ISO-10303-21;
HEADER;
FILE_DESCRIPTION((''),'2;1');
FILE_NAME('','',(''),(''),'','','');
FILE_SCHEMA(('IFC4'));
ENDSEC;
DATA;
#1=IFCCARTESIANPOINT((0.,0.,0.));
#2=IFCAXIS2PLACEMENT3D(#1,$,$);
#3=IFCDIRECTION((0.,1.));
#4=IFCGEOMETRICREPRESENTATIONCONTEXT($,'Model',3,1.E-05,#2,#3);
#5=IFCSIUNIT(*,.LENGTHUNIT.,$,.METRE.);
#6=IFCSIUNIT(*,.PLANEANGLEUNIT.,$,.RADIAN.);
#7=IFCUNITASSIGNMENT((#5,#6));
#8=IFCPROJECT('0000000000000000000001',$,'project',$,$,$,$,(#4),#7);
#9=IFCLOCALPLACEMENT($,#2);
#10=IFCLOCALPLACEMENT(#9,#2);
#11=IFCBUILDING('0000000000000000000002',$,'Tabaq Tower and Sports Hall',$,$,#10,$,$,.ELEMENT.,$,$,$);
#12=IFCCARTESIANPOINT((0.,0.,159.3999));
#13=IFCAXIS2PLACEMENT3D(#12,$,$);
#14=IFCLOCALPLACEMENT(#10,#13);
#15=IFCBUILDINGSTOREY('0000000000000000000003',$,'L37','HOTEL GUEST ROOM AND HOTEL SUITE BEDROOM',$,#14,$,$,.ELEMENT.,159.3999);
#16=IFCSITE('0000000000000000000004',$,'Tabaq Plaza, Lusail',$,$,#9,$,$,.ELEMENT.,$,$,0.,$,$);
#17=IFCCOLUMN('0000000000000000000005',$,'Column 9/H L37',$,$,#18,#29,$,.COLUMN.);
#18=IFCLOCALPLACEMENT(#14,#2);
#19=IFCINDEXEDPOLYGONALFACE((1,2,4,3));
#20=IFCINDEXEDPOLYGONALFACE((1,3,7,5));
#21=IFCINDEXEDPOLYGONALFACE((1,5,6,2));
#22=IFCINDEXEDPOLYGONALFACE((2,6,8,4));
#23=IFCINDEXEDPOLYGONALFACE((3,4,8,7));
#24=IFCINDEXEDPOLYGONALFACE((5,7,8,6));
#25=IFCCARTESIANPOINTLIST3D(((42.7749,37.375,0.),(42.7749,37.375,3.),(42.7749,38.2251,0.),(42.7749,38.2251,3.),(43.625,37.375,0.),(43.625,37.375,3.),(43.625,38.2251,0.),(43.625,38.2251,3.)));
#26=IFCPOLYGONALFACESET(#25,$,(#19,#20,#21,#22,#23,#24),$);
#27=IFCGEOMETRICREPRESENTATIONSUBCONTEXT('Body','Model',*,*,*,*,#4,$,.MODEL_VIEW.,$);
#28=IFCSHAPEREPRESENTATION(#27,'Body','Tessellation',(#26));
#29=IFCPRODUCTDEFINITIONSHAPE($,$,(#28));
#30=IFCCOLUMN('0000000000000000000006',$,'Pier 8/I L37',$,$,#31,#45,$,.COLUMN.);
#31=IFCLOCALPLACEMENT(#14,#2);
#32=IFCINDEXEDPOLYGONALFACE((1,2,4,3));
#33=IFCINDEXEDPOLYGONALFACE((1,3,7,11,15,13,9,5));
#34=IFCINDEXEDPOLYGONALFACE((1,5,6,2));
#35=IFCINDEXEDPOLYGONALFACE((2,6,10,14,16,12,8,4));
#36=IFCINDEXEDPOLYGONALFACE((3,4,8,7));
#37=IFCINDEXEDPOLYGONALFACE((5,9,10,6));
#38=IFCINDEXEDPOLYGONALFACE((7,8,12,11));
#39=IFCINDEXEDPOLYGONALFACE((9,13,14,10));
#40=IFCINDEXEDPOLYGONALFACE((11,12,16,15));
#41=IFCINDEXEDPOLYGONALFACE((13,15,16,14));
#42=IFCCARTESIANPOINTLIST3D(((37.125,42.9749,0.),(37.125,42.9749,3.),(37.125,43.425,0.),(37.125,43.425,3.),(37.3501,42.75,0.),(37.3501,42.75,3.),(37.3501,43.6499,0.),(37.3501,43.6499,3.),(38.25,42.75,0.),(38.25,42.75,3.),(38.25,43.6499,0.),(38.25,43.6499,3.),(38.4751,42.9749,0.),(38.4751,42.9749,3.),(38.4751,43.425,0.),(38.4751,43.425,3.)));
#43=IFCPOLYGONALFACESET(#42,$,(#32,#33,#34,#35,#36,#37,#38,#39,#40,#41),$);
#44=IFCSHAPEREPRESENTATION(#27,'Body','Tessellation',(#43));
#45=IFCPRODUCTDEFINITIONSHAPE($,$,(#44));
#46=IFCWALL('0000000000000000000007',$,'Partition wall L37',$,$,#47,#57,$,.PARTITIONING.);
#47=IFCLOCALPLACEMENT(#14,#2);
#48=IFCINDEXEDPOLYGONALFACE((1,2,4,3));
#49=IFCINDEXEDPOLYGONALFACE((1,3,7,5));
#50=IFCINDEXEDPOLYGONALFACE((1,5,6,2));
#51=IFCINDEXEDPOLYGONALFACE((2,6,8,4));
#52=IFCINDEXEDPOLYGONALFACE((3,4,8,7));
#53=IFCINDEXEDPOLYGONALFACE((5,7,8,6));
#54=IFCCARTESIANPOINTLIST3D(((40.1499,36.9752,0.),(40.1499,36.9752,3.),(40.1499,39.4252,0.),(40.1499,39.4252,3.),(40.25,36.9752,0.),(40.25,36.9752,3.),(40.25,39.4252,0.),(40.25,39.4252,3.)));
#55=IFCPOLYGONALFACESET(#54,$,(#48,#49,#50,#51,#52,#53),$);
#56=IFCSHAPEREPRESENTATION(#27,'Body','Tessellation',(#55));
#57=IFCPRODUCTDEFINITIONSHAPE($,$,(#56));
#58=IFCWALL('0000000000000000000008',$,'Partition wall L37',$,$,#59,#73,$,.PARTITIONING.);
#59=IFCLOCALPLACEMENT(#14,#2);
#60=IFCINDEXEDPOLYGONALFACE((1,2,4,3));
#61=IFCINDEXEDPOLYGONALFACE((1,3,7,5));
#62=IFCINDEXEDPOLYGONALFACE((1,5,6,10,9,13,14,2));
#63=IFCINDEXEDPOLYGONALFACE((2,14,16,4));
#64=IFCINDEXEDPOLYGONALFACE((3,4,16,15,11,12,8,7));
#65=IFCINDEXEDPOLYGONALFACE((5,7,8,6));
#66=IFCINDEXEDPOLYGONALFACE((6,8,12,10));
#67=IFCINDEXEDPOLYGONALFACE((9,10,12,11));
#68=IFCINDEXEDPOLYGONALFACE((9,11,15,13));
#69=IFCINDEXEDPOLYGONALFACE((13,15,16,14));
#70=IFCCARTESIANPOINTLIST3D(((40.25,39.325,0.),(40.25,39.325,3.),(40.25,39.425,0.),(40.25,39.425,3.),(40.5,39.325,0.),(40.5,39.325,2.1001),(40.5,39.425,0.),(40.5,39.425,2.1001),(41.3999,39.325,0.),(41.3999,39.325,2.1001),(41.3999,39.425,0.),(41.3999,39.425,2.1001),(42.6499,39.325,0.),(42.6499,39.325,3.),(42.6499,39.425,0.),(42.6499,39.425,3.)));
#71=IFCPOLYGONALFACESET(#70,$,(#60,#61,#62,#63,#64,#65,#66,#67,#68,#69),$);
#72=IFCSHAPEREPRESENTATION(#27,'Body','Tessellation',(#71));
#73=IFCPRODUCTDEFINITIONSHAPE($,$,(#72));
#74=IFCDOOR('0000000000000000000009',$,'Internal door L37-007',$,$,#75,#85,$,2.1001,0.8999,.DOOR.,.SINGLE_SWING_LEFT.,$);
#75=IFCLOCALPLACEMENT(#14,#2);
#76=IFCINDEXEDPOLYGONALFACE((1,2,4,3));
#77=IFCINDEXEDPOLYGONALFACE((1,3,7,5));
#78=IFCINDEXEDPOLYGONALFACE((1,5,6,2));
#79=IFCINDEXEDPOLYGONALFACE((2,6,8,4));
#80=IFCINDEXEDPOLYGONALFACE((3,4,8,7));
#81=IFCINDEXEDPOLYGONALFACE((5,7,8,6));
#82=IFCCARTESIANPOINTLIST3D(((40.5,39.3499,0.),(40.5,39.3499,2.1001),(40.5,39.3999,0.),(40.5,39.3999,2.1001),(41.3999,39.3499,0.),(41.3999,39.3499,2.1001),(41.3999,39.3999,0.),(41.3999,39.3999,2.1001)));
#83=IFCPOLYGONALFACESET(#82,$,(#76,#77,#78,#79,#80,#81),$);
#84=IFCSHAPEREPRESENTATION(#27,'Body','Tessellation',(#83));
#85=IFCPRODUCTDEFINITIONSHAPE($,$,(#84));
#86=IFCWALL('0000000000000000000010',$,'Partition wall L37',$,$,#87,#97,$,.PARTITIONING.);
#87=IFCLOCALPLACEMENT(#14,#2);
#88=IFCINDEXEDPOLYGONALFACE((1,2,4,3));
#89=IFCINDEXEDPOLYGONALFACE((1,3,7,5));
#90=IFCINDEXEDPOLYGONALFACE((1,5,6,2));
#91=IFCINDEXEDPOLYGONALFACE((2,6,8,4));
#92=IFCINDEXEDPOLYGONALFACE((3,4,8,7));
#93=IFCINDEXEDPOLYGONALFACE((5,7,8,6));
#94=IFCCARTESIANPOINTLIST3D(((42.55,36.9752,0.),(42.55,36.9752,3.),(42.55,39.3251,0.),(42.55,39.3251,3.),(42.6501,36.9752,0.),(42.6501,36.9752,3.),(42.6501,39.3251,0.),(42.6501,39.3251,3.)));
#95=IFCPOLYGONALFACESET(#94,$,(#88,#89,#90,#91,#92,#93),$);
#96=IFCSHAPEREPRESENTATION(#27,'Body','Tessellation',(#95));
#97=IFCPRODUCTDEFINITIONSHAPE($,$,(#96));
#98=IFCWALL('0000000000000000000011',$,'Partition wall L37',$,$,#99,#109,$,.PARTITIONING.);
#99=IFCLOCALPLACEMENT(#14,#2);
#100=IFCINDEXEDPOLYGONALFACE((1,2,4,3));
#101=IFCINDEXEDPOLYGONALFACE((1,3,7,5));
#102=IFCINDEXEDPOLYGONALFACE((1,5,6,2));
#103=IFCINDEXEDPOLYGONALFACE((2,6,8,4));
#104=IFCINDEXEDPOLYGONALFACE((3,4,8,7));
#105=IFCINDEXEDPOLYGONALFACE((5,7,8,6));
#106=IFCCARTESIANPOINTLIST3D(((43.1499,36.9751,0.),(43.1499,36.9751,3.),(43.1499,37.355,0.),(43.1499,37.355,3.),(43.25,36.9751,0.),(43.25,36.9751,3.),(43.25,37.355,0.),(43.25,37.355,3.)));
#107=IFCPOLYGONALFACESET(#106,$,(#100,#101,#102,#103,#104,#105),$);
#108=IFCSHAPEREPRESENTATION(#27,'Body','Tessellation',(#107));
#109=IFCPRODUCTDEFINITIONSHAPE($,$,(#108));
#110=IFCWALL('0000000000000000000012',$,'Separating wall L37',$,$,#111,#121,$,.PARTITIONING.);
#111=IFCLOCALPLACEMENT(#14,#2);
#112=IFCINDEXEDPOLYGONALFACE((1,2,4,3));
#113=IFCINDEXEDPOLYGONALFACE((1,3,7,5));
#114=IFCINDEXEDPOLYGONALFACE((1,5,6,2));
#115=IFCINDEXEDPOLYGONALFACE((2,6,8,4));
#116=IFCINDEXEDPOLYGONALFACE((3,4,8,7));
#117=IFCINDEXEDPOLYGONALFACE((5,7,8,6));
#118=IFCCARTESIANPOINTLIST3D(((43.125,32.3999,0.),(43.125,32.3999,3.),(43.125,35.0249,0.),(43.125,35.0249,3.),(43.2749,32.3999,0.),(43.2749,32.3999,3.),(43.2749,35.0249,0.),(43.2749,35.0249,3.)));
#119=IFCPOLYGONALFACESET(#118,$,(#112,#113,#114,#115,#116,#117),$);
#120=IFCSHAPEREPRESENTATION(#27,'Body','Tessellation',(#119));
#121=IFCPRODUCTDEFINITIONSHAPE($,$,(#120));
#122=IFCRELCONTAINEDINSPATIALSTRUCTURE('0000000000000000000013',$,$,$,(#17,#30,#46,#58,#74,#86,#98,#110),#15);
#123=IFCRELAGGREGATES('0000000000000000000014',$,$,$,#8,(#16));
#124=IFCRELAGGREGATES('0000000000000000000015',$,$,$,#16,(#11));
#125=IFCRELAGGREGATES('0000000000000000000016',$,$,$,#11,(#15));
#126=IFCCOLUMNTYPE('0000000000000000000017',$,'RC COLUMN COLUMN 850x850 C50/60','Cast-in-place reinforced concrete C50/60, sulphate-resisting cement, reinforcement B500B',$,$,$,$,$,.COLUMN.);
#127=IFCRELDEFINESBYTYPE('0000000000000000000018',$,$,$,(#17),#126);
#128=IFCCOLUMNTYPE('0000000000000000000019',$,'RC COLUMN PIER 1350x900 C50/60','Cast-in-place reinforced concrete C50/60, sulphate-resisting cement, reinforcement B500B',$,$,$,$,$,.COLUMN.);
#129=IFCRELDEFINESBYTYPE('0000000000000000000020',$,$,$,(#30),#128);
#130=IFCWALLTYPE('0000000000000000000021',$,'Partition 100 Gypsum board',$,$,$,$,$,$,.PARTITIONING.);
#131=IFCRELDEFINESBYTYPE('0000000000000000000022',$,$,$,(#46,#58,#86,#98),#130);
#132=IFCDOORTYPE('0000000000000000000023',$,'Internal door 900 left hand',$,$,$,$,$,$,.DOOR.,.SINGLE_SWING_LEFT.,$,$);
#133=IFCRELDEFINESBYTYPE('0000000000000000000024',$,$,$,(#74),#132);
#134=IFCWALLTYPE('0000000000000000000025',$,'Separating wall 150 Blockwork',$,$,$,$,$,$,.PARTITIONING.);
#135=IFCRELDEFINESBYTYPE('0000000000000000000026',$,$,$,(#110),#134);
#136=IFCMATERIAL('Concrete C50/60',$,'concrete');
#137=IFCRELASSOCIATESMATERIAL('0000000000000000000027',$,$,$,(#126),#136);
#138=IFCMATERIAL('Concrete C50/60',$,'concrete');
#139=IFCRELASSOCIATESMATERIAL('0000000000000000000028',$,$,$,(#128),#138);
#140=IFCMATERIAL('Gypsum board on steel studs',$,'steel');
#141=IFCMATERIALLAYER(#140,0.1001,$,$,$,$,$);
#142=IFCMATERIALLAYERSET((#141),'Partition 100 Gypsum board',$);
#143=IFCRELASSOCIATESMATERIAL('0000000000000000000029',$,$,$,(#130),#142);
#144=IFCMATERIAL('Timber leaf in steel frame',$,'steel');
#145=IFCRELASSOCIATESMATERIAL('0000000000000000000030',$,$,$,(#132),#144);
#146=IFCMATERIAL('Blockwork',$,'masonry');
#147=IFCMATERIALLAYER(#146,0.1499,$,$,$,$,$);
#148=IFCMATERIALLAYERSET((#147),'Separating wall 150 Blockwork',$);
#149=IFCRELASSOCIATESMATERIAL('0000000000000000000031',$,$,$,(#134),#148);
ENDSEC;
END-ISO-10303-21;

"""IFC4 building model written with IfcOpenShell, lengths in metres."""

from ifc_helpers import new_model, si_unit, direction, frame, frame_2d, origin, origin_2d, place, context, subcontext, project, spatial, polyline, rectangle, outline, extrude, material, layer, layer_set, material_profile, profile_set, type_object, element, fill, save


model = new_model("IFC4")

# Units and contexts
model_context = context("Model", 3, precision=1e-05, world=origin(), true_north=direction((0.0, 1.0)))
body_context = subcontext(model_context, "Body", "Model", "MODEL_VIEW")
ifc_project = project(units=[si_unit("LENGTHUNIT", "METRE"), si_unit("PLANEANGLEUNIT", "RADIAN")], contexts=[model_context])

# Site, building, storey
site_placement = place(None, origin())
site = spatial("IfcSite", under=ifc_project, at=site_placement, Name="Tabaq Plaza, Lusail", CompositionType="ELEMENT", RefElevation=0.0)
building_placement = place(site_placement, origin())
building = spatial("IfcBuilding", under=site, at=building_placement, Name="Tabaq Tower and Sports Hall", CompositionType="ELEMENT")
storey_placement = place(building_placement, frame((0.0, 0.0, 159.3999)))
storey = spatial("IfcBuildingStorey", under=building, at=storey_placement, Name="L37", Description="HOTEL GUEST ROOM AND HOTEL SUITE BEDROOM", CompositionType="ELEMENT", Elevation=159.3999)

# Columns
ifc_material_1 = material(Name="Concrete C50/60", Category="concrete")
ifc_material_profile_1 = material_profile(ifc_material_1, rectangle(XDim=0.8501, YDim=0.8501, at=origin_2d()), Name="COLUMN 850x850")
ifc_profile_set_1 = profile_set([ifc_material_profile_1], Name="Concrete C50/60")
column_type_1 = type_object("IfcColumnType", Name="RC COLUMN COLUMN 850x850 C50/60", Description="Cast-in-place reinforced concrete C50/60, sulphate-resisting cement, reinforcement B500B", PredefinedType="COLUMN", material=ifc_profile_set_1)
column_1_placement = place(storey_placement, frame((43.2, 37.8, 0.0), z_axis=(0.0, 0.0, 1.0), x_axis=(1.0, 0.0, 0.0)))
element("IfcColumn", 1, at=column_1_placement, inside=storey, type_object=column_type_1, Name="Column 9/H L37", PredefinedType="COLUMN", context=body_context, shape_type="SweptSolid", body=[
    extrude(rectangle(XDim=0.8501, YDim=0.8501, at=origin_2d()), origin(), (0.0, 0.0, 1.0), 3.0),
])
ifc_material_2 = material(Name="Concrete C50/60", Category="concrete")
ifc_material_profile_2 = material_profile(ifc_material_2, outline(polyline([(-0.45, -0.45), (0.45, -0.45), (0.675, -0.2251), (0.675, 0.2251), (0.45, 0.45), (-0.45, 0.45), (-0.675, 0.2251), (-0.675, -0.2251), (-0.45, -0.45)])), Name="PIER 1350x900")
ifc_profile_set_2 = profile_set([ifc_material_profile_2], Name="Concrete C50/60")
column_type_2 = type_object("IfcColumnType", Name="RC COLUMN PIER 1350x900 C50/60", Description="Cast-in-place reinforced concrete C50/60, sulphate-resisting cement, reinforcement B500B", PredefinedType="COLUMN", material=ifc_profile_set_2)
column_2_placement = place(storey_placement, frame((37.8, 43.2, 0.0), z_axis=(0.0, 0.0, 1.0), x_axis=(1.0, 0.0, 0.0)))
element("IfcColumn", 2, at=column_2_placement, inside=storey, type_object=column_type_2, Name="Pier 8/I L37", PredefinedType="COLUMN", context=body_context, shape_type="SweptSolid", body=[
    extrude(outline(polyline([(-0.45, -0.45), (0.45, -0.45), (0.675, -0.2251), (0.675, 0.2251), (0.45, 0.45), (-0.45, 0.45), (-0.675, 0.2251), (-0.675, -0.2251), (-0.45, -0.45)])), origin(), (0.0, 0.0, 1.0), 3.0),
])

# Wall
ifc_material_3 = material(Name="Gypsum board on steel studs", Category="steel")
ifc_layer_1 = layer(ifc_material_3, 0.1001)
ifc_layer_set_1 = layer_set([ifc_layer_1], Name="Partition 100 Gypsum board")
wall_type_1 = type_object("IfcWallType", Name="Partition 100 Gypsum board", PredefinedType="PARTITIONING", material=ifc_layer_set_1)
wall_1_placement = place(storey_placement, frame((40.2, 36.9751, 0.0), z_axis=(0.0, 0.0, 1.0), x_axis=(0.0, 1.0, 0.0)))
element("IfcWall", 3, at=wall_1_placement, inside=storey, type_object=wall_type_1, Name="Partition wall L37", PredefinedType="PARTITIONING", context=body_context, shape_type="SweptSolid", body=[
    extrude(rectangle(XDim=2.45, YDim=0.1001, at=frame_2d((1.2251, 0.0))), origin(), (0.0, 0.0, 1.0), 3.0),
])

# Wall, opening, door
wall_2_placement = place(storey_placement, frame((40.25, 39.375, 0.0), z_axis=(0.0, 0.0, 1.0), x_axis=(1.0, 0.0, 0.0)))
wall_2 = element("IfcWall", 4, at=wall_2_placement, inside=storey, type_object=wall_type_1, Name="Partition wall L37", PredefinedType="PARTITIONING", context=body_context, shape_type="SweptSolid", body=[
    extrude(rectangle(XDim=2.3999, YDim=0.1001, at=frame_2d((1.2, 0.0))), origin(), (0.0, 0.0, 1.0), 3.0),
])
opening_1_placement = place(wall_2_placement, frame((0.25, 0.0, 0.0)))
opening_1 = element("IfcOpeningElement", 5, at=opening_1_placement, cuts=wall_2, PredefinedType="OPENING", context=body_context, shape_type="SweptSolid", body=[
    extrude(rectangle(XDim=0.8999, YDim=2.1001, at=frame_2d((0.45, 1.05))), frame((0.0, 0.05, 0.0), z_axis=(0.0, -1.0, 0.0), x_axis=(1.0, 0.0, 0.0)), (0.0, 0.0, 1.0), 0.1001),
])
ifc_material_4 = material(Name="Timber leaf in steel frame", Category="steel")
door_type = type_object("IfcDoorType", Name="Internal door 900 left hand", OperationType="SINGLE_SWING_LEFT", PredefinedType="DOOR", material=ifc_material_4)
door_placement = place(opening_1_placement, origin())
door = element("IfcDoor", 6, at=door_placement, inside=storey, type_object=door_type, Name="Internal door L37-007", OperationType="SINGLE_SWING_LEFT", OverallHeight=2.1001, OverallWidth=0.8999, PredefinedType="DOOR", context=body_context, shape_type="SweptSolid", body=[
    extrude(rectangle(XDim=0.8999, YDim=2.1001, at=frame_2d((0.45, 1.05))), frame((0.0, 0.0249, 0.0), z_axis=(0.0, -1.0, 0.0), x_axis=(1.0, 0.0, 0.0)), (0.0, 0.0, 1.0), 0.05),
])
fill(opening_1, door)

# Walls
wall_3_placement = place(storey_placement, frame((42.6001, 39.325, 0.0), z_axis=(0.0, 0.0, 1.0), x_axis=(0.0, -1.0, 0.0)))
element("IfcWall", 7, at=wall_3_placement, inside=storey, type_object=wall_type_1, Name="Partition wall L37", PredefinedType="PARTITIONING", context=body_context, shape_type="SweptSolid", body=[
    extrude(rectangle(XDim=2.3499, YDim=0.1001, at=frame_2d((1.1748, 0.0))), origin(), (0.0, 0.0, 1.0), 3.0),
])
wall_4_placement = place(storey_placement, frame((43.2, 36.9751, 0.0), z_axis=(0.0, 0.0, 1.0), x_axis=(0.0, 1.0, 0.0)))
element("IfcWall", 8, at=wall_4_placement, inside=storey, type_object=wall_type_1, Name="Partition wall L37", PredefinedType="PARTITIONING", context=body_context, shape_type="SweptSolid", body=[
    extrude(rectangle(XDim=0.3799, YDim=0.1001, at=frame_2d((0.1899, 0.0))), origin(), (0.0, 0.0, 1.0), 3.0),
])
ifc_material_5 = material(Name="Blockwork", Category="masonry")
ifc_layer_2 = layer(ifc_material_5, 0.1499)
ifc_layer_set_2 = layer_set([ifc_layer_2], Name="Separating wall 150 Blockwork")
wall_type_2 = type_object("IfcWallType", Name="Separating wall 150 Blockwork", PredefinedType="PARTITIONING", material=ifc_layer_set_2)
wall_5_placement = place(storey_placement, frame((43.2, 35.0249, 0.0), z_axis=(0.0, 0.0, 1.0), x_axis=(0.0, -1.0, 0.0)))
element("IfcWall", 9, at=wall_5_placement, inside=storey, type_object=wall_type_2, Name="Separating wall L37", PredefinedType="PARTITIONING", context=body_context, shape_type="SweptSolid", body=[
    extrude(rectangle(XDim=2.625, YDim=0.1499, at=frame_2d((1.3125, 0.0))), origin(), (0.0, 0.0, 1.0), 3.0),
])

save(model, "model.ifc")
